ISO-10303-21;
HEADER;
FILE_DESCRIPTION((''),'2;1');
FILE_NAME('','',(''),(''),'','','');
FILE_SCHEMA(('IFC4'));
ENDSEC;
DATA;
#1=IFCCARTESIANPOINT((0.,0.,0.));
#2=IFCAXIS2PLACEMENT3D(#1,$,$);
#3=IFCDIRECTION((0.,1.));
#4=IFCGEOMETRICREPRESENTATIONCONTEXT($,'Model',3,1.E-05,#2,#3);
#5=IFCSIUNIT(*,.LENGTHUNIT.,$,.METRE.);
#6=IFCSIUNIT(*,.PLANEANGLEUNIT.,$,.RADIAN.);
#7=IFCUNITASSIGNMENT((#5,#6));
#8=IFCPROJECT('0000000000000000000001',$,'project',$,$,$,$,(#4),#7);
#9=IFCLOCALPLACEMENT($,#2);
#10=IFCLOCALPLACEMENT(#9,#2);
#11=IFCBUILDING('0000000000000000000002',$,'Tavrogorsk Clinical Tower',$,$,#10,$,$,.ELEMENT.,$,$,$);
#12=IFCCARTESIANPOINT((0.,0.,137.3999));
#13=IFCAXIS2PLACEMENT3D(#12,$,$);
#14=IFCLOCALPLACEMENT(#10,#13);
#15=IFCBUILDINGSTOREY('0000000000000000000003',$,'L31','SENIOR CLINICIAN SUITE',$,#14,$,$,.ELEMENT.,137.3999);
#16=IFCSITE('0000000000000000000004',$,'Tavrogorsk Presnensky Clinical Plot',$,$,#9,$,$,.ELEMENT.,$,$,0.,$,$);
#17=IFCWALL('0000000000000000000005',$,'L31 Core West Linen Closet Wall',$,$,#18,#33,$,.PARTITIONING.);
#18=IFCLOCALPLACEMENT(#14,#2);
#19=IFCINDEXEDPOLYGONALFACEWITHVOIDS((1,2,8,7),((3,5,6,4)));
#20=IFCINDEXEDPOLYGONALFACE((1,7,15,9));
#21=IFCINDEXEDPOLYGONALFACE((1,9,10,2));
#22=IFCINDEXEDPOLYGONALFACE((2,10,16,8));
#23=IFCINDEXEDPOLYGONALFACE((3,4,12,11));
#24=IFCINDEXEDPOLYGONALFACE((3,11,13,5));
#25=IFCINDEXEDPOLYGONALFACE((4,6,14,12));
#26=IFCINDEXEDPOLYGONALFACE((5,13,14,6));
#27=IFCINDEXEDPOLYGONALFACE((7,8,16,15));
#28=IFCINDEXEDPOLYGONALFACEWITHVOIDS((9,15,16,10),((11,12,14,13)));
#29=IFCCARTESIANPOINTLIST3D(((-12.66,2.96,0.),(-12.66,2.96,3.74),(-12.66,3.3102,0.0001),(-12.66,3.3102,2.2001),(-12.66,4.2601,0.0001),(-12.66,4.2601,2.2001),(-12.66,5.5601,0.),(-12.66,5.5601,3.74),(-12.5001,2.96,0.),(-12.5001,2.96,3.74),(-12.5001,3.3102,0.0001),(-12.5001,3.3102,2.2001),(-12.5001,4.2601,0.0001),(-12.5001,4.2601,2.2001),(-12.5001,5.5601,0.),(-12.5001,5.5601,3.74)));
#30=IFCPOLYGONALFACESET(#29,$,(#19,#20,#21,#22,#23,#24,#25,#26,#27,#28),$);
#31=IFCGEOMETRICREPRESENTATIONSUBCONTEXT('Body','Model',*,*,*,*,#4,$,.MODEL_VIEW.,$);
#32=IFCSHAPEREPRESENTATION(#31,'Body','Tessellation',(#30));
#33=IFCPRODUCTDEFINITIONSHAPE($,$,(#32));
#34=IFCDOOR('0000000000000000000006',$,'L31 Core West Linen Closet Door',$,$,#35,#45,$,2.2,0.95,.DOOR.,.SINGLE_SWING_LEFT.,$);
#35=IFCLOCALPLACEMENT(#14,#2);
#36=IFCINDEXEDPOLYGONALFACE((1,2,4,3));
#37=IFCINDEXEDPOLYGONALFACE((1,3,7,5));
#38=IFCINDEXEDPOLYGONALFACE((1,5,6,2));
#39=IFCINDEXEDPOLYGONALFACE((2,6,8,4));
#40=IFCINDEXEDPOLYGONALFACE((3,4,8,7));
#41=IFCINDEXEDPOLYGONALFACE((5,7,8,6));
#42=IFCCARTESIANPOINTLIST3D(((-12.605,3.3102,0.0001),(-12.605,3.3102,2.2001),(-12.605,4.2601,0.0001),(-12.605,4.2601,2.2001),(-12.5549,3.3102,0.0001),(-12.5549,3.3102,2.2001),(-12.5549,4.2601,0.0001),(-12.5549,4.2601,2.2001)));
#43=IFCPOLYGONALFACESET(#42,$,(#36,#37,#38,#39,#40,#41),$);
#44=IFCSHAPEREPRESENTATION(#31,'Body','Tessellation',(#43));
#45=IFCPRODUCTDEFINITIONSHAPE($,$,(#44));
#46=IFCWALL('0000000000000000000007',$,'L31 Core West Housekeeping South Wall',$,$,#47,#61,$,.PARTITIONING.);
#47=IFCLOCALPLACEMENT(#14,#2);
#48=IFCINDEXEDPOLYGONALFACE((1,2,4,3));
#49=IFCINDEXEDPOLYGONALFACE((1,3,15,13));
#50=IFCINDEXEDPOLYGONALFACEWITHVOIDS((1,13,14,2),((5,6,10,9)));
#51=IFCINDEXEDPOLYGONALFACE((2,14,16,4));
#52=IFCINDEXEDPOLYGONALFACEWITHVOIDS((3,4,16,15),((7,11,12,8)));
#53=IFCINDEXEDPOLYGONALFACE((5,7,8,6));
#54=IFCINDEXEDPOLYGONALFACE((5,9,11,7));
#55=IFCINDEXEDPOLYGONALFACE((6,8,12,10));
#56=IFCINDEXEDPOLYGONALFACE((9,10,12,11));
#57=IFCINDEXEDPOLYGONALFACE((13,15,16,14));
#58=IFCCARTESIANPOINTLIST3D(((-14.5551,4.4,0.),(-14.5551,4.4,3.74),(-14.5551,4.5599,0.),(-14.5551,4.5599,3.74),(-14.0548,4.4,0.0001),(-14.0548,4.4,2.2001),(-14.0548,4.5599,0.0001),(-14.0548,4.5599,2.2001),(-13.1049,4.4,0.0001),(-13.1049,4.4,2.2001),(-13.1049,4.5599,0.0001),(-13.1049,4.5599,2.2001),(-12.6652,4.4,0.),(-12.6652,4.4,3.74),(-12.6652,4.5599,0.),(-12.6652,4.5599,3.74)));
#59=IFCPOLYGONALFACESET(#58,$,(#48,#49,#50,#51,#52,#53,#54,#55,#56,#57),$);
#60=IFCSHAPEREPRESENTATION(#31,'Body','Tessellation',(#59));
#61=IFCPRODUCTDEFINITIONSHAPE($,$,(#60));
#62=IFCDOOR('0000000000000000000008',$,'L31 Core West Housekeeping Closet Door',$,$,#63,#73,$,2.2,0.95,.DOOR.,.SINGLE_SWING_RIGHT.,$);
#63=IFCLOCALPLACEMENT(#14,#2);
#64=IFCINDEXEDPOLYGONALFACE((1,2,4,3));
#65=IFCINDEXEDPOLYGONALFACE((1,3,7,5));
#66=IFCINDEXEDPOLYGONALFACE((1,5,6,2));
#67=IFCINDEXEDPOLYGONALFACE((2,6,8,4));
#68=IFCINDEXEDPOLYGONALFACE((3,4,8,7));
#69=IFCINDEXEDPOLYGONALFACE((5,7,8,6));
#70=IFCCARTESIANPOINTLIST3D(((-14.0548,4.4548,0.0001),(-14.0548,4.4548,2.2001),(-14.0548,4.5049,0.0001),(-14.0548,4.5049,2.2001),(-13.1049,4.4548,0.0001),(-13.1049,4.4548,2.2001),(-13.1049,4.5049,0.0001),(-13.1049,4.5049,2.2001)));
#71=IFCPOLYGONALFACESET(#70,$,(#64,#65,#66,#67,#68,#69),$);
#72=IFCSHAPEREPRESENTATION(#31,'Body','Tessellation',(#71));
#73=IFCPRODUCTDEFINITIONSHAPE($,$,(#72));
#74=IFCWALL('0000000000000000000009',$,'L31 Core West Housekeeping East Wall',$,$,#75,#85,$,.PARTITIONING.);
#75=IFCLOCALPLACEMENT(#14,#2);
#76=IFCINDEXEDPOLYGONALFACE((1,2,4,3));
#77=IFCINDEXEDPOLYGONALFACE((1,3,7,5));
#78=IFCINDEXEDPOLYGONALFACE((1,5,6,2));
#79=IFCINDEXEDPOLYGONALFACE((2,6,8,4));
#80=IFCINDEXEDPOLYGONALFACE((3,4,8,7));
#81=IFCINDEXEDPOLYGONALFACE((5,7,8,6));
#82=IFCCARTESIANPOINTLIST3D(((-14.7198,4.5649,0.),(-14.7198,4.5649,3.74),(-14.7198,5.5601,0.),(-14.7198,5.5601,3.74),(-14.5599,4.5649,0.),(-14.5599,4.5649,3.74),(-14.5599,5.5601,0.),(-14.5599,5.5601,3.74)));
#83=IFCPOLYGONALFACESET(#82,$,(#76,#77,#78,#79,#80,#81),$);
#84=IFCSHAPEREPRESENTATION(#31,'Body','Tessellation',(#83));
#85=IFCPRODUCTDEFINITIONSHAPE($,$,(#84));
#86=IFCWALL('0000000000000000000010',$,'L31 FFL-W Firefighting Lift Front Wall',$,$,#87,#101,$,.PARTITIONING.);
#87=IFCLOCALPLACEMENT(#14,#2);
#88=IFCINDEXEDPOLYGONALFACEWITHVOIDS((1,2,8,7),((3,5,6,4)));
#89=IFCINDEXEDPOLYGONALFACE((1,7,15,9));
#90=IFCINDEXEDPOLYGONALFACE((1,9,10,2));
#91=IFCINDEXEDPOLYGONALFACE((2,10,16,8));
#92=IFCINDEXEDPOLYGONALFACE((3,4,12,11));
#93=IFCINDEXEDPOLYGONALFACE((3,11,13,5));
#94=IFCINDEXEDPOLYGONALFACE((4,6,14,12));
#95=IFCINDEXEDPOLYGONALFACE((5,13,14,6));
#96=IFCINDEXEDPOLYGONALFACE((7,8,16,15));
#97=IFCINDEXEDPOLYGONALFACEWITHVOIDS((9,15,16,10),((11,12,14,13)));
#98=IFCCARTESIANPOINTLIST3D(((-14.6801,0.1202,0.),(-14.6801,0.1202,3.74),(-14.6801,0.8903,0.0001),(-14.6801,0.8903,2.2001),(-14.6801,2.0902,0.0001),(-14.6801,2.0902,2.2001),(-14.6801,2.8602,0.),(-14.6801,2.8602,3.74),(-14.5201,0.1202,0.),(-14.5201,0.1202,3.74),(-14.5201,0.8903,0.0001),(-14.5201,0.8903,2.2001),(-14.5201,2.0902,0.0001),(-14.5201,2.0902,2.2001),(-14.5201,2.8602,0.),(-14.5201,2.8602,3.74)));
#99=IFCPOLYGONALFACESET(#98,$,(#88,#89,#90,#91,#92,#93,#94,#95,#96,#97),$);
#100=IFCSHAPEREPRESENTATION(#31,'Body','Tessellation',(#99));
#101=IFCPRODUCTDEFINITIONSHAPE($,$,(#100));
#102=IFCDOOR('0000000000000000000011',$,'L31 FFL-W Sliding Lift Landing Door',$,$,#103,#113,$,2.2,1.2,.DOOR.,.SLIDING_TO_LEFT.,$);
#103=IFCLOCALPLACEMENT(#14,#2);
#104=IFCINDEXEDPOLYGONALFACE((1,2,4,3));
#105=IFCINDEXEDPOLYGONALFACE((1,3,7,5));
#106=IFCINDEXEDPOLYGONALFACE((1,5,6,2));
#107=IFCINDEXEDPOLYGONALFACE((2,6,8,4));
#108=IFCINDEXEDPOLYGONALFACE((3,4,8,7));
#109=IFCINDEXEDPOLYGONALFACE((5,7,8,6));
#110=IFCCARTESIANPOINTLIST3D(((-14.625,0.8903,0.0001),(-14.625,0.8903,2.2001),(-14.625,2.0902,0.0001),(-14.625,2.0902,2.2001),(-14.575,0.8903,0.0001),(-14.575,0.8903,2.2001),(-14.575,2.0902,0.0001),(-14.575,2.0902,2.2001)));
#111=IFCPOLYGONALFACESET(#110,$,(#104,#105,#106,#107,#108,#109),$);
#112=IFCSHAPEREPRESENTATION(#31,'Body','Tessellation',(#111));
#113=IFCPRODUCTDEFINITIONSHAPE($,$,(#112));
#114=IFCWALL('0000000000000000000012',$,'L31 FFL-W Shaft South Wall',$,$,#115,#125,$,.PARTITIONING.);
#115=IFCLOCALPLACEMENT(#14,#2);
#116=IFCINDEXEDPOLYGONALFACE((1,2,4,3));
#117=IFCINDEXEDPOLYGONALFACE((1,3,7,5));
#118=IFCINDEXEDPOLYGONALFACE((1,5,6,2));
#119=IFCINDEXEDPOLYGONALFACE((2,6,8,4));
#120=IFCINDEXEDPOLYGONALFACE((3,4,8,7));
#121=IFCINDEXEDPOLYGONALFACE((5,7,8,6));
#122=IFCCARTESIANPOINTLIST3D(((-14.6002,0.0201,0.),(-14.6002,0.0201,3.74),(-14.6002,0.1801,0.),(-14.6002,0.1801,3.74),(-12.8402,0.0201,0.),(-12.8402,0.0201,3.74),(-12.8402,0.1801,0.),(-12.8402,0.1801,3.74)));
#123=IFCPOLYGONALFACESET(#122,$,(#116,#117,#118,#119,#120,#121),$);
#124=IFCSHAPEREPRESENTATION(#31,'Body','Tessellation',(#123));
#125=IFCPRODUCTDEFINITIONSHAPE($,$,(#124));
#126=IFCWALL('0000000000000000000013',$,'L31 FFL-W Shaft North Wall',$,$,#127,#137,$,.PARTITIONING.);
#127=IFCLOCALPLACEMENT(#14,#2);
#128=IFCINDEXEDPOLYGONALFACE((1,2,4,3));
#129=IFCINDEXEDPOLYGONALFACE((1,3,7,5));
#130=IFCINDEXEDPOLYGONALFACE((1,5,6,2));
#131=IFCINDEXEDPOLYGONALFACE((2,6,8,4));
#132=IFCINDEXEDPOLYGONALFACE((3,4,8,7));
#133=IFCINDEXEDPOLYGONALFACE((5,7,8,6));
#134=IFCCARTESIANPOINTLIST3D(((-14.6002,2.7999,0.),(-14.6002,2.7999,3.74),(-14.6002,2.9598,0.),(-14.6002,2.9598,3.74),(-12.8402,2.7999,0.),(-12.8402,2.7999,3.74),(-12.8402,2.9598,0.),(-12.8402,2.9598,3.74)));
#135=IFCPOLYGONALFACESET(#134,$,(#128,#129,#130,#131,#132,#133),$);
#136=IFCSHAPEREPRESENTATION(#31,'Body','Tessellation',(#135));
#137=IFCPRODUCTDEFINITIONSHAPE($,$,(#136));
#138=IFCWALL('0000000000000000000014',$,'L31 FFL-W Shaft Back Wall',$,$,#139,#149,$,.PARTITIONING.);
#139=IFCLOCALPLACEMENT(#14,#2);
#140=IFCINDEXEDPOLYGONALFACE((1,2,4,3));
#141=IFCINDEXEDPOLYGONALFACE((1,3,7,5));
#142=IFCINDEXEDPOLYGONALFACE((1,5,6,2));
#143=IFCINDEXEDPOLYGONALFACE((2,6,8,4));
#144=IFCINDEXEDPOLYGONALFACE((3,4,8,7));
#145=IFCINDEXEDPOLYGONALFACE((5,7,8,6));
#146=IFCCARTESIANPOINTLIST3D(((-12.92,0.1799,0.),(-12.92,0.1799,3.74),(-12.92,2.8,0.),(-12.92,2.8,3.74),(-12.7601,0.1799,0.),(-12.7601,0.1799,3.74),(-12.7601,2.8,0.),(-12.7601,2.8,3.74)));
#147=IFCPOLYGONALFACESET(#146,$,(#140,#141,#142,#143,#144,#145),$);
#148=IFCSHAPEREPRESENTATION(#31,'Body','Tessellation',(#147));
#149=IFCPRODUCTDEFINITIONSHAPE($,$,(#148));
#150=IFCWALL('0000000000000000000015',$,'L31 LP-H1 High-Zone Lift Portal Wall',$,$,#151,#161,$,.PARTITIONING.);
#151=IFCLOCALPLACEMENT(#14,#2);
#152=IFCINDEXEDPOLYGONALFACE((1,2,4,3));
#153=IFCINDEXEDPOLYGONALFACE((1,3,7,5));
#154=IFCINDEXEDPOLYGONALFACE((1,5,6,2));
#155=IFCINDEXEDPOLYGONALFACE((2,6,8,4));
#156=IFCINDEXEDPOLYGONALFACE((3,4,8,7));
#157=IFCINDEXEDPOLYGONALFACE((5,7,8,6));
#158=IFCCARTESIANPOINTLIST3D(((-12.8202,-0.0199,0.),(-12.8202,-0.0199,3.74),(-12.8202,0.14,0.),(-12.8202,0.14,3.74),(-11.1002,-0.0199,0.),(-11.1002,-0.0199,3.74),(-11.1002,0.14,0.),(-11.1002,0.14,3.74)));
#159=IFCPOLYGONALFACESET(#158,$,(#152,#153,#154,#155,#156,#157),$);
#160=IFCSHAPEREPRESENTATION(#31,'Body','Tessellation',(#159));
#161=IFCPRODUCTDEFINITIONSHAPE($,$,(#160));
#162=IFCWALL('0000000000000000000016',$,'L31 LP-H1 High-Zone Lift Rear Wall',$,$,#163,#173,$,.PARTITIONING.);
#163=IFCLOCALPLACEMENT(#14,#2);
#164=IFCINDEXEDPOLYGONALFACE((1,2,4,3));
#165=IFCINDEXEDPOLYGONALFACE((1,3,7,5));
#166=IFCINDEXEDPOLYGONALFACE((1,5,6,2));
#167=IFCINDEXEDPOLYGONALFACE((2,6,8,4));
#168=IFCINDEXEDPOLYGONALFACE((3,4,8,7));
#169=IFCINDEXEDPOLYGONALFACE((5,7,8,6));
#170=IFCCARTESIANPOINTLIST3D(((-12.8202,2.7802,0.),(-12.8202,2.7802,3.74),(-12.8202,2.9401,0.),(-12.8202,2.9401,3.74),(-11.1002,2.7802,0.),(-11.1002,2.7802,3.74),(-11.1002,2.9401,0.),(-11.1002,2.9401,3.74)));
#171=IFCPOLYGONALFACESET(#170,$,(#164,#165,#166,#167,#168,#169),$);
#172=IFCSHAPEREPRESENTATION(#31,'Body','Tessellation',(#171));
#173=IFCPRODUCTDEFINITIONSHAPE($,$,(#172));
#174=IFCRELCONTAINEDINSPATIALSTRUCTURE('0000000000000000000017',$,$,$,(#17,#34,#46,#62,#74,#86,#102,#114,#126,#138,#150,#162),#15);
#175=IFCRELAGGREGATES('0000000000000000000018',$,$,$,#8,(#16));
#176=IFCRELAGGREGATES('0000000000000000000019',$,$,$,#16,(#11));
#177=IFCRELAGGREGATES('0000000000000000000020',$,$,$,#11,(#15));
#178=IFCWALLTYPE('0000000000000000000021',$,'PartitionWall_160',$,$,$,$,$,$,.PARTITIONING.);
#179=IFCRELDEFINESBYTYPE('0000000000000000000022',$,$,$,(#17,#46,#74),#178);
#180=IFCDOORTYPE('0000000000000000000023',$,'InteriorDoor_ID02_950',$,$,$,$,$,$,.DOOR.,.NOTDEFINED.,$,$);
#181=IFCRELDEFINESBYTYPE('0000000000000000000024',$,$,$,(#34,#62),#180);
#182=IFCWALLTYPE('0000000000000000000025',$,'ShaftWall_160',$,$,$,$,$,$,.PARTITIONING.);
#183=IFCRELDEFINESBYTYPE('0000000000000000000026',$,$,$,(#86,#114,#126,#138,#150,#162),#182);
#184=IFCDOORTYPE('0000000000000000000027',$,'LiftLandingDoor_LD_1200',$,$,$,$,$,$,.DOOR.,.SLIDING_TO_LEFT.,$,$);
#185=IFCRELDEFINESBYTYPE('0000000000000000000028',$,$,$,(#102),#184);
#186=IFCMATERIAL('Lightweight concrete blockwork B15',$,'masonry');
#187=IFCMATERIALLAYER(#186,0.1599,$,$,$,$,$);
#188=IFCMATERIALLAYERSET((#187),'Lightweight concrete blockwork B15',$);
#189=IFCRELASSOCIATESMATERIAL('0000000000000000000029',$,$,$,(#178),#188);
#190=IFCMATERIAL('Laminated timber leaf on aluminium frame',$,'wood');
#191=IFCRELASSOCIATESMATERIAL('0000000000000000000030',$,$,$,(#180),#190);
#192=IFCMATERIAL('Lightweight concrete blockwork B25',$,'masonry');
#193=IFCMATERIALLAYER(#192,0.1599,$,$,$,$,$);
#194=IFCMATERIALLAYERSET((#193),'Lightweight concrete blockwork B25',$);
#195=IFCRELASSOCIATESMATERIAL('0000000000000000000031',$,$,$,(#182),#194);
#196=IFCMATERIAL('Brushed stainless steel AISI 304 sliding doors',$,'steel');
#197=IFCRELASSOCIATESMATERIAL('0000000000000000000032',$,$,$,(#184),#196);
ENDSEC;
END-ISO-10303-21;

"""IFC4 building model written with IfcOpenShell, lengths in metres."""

from ifc_helpers import new_model, si_unit, direction, frame, frame_2d, origin, place, context, subcontext, project, spatial, rectangle, extrude, material, layer, layer_set, type_object, element, fill, save


model = new_model("IFC4")

# Units and contexts
model_context = context("Model", 3, precision=1e-05, world=origin(), true_north=direction((0.0, 1.0)))
body_context = subcontext(model_context, "Body", "Model", "MODEL_VIEW")
ifc_project = project(units=[si_unit("LENGTHUNIT", "METRE"), si_unit("PLANEANGLEUNIT", "RADIAN")], contexts=[model_context])

# Site, building, storey
site_placement = place(None, origin())
site = spatial("IfcSite", under=ifc_project, at=site_placement, Name="Tavrogorsk Presnensky Clinical Plot", CompositionType="ELEMENT", RefElevation=0.0)
building_placement = place(site_placement, origin())
building = spatial("IfcBuilding", under=site, at=building_placement, Name="Tavrogorsk Clinical Tower", CompositionType="ELEMENT")
storey_placement = place(building_placement, frame((0.0, 0.0, 137.3999)))
storey = spatial("IfcBuildingStorey", under=building, at=storey_placement, Name="L31", Description="SENIOR CLINICIAN SUITE", CompositionType="ELEMENT", Elevation=137.3999)

# Walls, openings, doors
ifc_material_1 = material(Name="Lightweight concrete blockwork B15", Category="masonry")
ifc_layer_1 = layer(ifc_material_1, 0.1599)
ifc_layer_set_1 = layer_set([ifc_layer_1], Name="Lightweight concrete blockwork B15")
wall_type_1 = type_object("IfcWallType", Name="PartitionWall_160", PredefinedType="PARTITIONING", material=ifc_layer_set_1)
wall_1_placement = place(storey_placement, frame((-12.5801, 2.96, 0.0), z_axis=(0.0, 0.0, 1.0), x_axis=(0.0, 1.0, 0.0)))
wall_1 = element("IfcWall", 1, at=wall_1_placement, inside=storey, type_object=wall_type_1, Name="L31 Core West Linen Closet Wall", PredefinedType="PARTITIONING", context=body_context, shape_type="SweptSolid", body=[
    extrude(rectangle(XDim=2.6001, YDim=0.1599, at=frame_2d((1.3, 0.0))), origin(), (0.0, 0.0, 1.0), 3.74),
])
opening_1_placement = place(wall_1_placement, frame((0.3501, 0.0, 0.0)))
opening_1 = element("IfcOpeningElement", 2, at=opening_1_placement, cuts=wall_1, PredefinedType="OPENING", context=body_context, shape_type="SweptSolid", body=[
    extrude(rectangle(XDim=0.95, YDim=2.2, at=frame_2d((0.4751, 1.1001))), frame((0.0, 0.0898, 0.0), z_axis=(0.0, -1.0, 0.0), x_axis=(1.0, 0.0, 0.0)), (0.0, 0.0, 1.0), 0.1799),
])
ifc_material_2 = material(Name="Laminated timber leaf on aluminium frame", Category="wood")
door_type_1 = type_object("IfcDoorType", Name="InteriorDoor_ID02_950", OperationType="NOTDEFINED", PredefinedType="DOOR", material=ifc_material_2)
door_1_placement = place(opening_1_placement, origin())
door_1 = element("IfcDoor", 3, at=door_1_placement, inside=storey, type_object=door_type_1, Name="L31 Core West Linen Closet Door", OperationType="SINGLE_SWING_LEFT", OverallHeight=2.2, OverallWidth=0.95, PredefinedType="DOOR", context=body_context, shape_type="SweptSolid", body=[
    extrude(rectangle(XDim=0.95, YDim=2.2, at=frame_2d((0.4751, 1.1001))), frame((0.0, 0.0249, 0.0), z_axis=(0.0, -1.0, 0.0), x_axis=(1.0, 0.0, 0.0)), (0.0, 0.0, 1.0), 0.05),
])
fill(opening_1, door_1)
wall_2_placement = place(storey_placement, frame((-14.5549, 4.48, 0.0), z_axis=(0.0, 0.0, 1.0), x_axis=(1.0, 0.0, 0.0)))
wall_2 = element("IfcWall", 4, at=wall_2_placement, inside=storey, type_object=wall_type_1, Name="L31 Core West Housekeeping South Wall", PredefinedType="PARTITIONING", context=body_context, shape_type="SweptSolid", body=[
    extrude(rectangle(XDim=1.8899, YDim=0.1599, at=frame_2d((0.9448, 0.0))), origin(), (0.0, 0.0, 1.0), 3.74),
])
opening_2_placement = place(wall_2_placement, frame((0.5, 0.0, 0.0)))
opening_2 = element("IfcOpeningElement", 5, at=opening_2_placement, cuts=wall_2, PredefinedType="OPENING", context=body_context, shape_type="SweptSolid", body=[
    extrude(rectangle(XDim=0.95, YDim=2.2, at=frame_2d((0.4751, 1.1001))), frame((0.0, 0.0898, 0.0), z_axis=(0.0, -1.0, 0.0), x_axis=(1.0, 0.0, 0.0)), (0.0, 0.0, 1.0), 0.1799),
])
door_2_placement = place(opening_2_placement, origin())
door_2 = element("IfcDoor", 6, at=door_2_placement, inside=storey, type_object=door_type_1, Name="L31 Core West Housekeeping Closet Door", OperationType="SINGLE_SWING_RIGHT", OverallHeight=2.2, OverallWidth=0.95, PredefinedType="DOOR", context=body_context, shape_type="SweptSolid", body=[
    extrude(rectangle(XDim=0.95, YDim=2.2, at=frame_2d((0.4751, 1.1001))), frame((0.0, 0.0249, 0.0), z_axis=(0.0, -1.0, 0.0), x_axis=(1.0, 0.0, 0.0)), (0.0, 0.0, 1.0), 0.05),
])
fill(opening_2, door_2)

# Wall
wall_3_placement = place(storey_placement, frame((-14.6399, 4.5649, 0.0), z_axis=(0.0, 0.0, 1.0), x_axis=(0.0, 1.0, 0.0)))
element("IfcWall", 7, at=wall_3_placement, inside=storey, type_object=wall_type_1, Name="L31 Core West Housekeeping East Wall", PredefinedType="PARTITIONING", context=body_context, shape_type="SweptSolid", body=[
    extrude(rectangle(XDim=0.9951, YDim=0.1599, at=frame_2d((0.4976, 0.0))), origin(), (0.0, 0.0, 1.0), 3.74),
])

# Wall, opening, door
ifc_material_3 = material(Name="Lightweight concrete blockwork B25", Category="masonry")
ifc_layer_2 = layer(ifc_material_3, 0.1599)
ifc_layer_set_2 = layer_set([ifc_layer_2], Name="Lightweight concrete blockwork B25")
wall_type_2 = type_object("IfcWallType", Name="ShaftWall_160", PredefinedType="PARTITIONING", material=ifc_layer_set_2)
wall_4_placement = place(storey_placement, frame((-14.6001, 0.1201, 0.0), z_axis=(0.0, 0.0, 1.0), x_axis=(0.0, 1.0, 0.0)))
wall_4 = element("IfcWall", 8, at=wall_4_placement, inside=storey, type_object=wall_type_2, Name="L31 FFL-W Firefighting Lift Front Wall", PredefinedType="PARTITIONING", context=body_context, shape_type="SweptSolid", body=[
    extrude(rectangle(XDim=2.74, YDim=0.1599, at=frame_2d((1.3701, 0.0))), origin(), (0.0, 0.0, 1.0), 3.74),
])
opening_3_placement = place(wall_4_placement, frame((0.77, 0.0, 0.0)))
opening_3 = element("IfcOpeningElement", 9, at=opening_3_placement, cuts=wall_4, PredefinedType="OPENING", context=body_context, shape_type="SweptSolid", body=[
    extrude(rectangle(XDim=1.2, YDim=2.2, at=frame_2d((0.6001, 1.1001))), frame((0.0, 0.0898, 0.0), z_axis=(0.0, -1.0, 0.0), x_axis=(1.0, 0.0, 0.0)), (0.0, 0.0, 1.0), 0.1799),
])
ifc_material_4 = material(Name="Brushed stainless steel AISI 304 sliding doors", Category="steel")
door_type_2 = type_object("IfcDoorType", Name="LiftLandingDoor_LD_1200", OperationType="SLIDING_TO_LEFT", PredefinedType="DOOR", material=ifc_material_4)
door_3_placement = place(opening_3_placement, origin())
door_3 = element("IfcDoor", 10, at=door_3_placement, inside=storey, type_object=door_type_2, Name="L31 FFL-W Sliding Lift Landing Door", OperationType="SLIDING_TO_LEFT", OverallHeight=2.2, OverallWidth=1.2, PredefinedType="DOOR", context=body_context, shape_type="SweptSolid", body=[
    extrude(rectangle(XDim=1.2, YDim=2.2, at=frame_2d((0.6001, 1.1001))), frame((0.0, 0.0249, 0.0), z_axis=(0.0, -1.0, 0.0), x_axis=(1.0, 0.0, 0.0)), (0.0, 0.0, 1.0), 0.05),
])
fill(opening_3, door_3)

# Walls
for number, where, z_axis, x_axis, name in (
    (11, (-14.6001, 0.1001, 0.0), (0.0, 0.0, 1.0), (1.0, 0.0, 0.0), "L31 FFL-W Shaft South Wall"),
    (12, (-14.6001, 2.8799, 0.0), (0.0, 0.0, 1.0), (1.0, 0.0, 0.0), "L31 FFL-W Shaft North Wall"),
):
    element("IfcWall", number, at=place(storey_placement, frame(where, z_axis=z_axis, x_axis=x_axis)), inside=storey, type_object=wall_type_2, Name=name, PredefinedType="PARTITIONING", context=body_context, shape_type="SweptSolid", body=[
        extrude(rectangle(XDim=1.76, YDim=0.1599, at=frame_2d((0.8799, 0.0))), origin(), (0.0, 0.0, 1.0), 3.74),
    ])
wall_5_placement = place(storey_placement, frame((-12.8401, 0.1799, 0.0), z_axis=(0.0, 0.0, 1.0), x_axis=(0.0, 1.0, 0.0)))
element("IfcWall", 13, at=wall_5_placement, inside=storey, type_object=wall_type_2, Name="L31 FFL-W Shaft Back Wall", PredefinedType="PARTITIONING", context=body_context, shape_type="SweptSolid", body=[
    extrude(rectangle(XDim=2.6201, YDim=0.1599, at=frame_2d((1.3101, 0.0))), origin(), (0.0, 0.0, 1.0), 3.74),
])
for number, where, z_axis, x_axis, name in (
    (14, (-12.8201, 0.0601, 0.0), (0.0, 0.0, 1.0), (1.0, 0.0, 0.0), "L31 LP-H1 High-Zone Lift Portal Wall"),
    (15, (-12.8201, 2.8601, 0.0), (0.0, 0.0, 1.0), (1.0, 0.0, 0.0), "L31 LP-H1 High-Zone Lift Rear Wall"),
):
    element("IfcWall", number, at=place(storey_placement, frame(where, z_axis=z_axis, x_axis=x_axis)), inside=storey, type_object=wall_type_2, Name=name, PredefinedType="PARTITIONING", context=body_context, shape_type="SweptSolid", body=[
        extrude(rectangle(XDim=1.72, YDim=0.1599, at=frame_2d((0.8599, 0.0))), origin(), (0.0, 0.0, 1.0), 3.74),
    ])

save(model, "model.ifc")
